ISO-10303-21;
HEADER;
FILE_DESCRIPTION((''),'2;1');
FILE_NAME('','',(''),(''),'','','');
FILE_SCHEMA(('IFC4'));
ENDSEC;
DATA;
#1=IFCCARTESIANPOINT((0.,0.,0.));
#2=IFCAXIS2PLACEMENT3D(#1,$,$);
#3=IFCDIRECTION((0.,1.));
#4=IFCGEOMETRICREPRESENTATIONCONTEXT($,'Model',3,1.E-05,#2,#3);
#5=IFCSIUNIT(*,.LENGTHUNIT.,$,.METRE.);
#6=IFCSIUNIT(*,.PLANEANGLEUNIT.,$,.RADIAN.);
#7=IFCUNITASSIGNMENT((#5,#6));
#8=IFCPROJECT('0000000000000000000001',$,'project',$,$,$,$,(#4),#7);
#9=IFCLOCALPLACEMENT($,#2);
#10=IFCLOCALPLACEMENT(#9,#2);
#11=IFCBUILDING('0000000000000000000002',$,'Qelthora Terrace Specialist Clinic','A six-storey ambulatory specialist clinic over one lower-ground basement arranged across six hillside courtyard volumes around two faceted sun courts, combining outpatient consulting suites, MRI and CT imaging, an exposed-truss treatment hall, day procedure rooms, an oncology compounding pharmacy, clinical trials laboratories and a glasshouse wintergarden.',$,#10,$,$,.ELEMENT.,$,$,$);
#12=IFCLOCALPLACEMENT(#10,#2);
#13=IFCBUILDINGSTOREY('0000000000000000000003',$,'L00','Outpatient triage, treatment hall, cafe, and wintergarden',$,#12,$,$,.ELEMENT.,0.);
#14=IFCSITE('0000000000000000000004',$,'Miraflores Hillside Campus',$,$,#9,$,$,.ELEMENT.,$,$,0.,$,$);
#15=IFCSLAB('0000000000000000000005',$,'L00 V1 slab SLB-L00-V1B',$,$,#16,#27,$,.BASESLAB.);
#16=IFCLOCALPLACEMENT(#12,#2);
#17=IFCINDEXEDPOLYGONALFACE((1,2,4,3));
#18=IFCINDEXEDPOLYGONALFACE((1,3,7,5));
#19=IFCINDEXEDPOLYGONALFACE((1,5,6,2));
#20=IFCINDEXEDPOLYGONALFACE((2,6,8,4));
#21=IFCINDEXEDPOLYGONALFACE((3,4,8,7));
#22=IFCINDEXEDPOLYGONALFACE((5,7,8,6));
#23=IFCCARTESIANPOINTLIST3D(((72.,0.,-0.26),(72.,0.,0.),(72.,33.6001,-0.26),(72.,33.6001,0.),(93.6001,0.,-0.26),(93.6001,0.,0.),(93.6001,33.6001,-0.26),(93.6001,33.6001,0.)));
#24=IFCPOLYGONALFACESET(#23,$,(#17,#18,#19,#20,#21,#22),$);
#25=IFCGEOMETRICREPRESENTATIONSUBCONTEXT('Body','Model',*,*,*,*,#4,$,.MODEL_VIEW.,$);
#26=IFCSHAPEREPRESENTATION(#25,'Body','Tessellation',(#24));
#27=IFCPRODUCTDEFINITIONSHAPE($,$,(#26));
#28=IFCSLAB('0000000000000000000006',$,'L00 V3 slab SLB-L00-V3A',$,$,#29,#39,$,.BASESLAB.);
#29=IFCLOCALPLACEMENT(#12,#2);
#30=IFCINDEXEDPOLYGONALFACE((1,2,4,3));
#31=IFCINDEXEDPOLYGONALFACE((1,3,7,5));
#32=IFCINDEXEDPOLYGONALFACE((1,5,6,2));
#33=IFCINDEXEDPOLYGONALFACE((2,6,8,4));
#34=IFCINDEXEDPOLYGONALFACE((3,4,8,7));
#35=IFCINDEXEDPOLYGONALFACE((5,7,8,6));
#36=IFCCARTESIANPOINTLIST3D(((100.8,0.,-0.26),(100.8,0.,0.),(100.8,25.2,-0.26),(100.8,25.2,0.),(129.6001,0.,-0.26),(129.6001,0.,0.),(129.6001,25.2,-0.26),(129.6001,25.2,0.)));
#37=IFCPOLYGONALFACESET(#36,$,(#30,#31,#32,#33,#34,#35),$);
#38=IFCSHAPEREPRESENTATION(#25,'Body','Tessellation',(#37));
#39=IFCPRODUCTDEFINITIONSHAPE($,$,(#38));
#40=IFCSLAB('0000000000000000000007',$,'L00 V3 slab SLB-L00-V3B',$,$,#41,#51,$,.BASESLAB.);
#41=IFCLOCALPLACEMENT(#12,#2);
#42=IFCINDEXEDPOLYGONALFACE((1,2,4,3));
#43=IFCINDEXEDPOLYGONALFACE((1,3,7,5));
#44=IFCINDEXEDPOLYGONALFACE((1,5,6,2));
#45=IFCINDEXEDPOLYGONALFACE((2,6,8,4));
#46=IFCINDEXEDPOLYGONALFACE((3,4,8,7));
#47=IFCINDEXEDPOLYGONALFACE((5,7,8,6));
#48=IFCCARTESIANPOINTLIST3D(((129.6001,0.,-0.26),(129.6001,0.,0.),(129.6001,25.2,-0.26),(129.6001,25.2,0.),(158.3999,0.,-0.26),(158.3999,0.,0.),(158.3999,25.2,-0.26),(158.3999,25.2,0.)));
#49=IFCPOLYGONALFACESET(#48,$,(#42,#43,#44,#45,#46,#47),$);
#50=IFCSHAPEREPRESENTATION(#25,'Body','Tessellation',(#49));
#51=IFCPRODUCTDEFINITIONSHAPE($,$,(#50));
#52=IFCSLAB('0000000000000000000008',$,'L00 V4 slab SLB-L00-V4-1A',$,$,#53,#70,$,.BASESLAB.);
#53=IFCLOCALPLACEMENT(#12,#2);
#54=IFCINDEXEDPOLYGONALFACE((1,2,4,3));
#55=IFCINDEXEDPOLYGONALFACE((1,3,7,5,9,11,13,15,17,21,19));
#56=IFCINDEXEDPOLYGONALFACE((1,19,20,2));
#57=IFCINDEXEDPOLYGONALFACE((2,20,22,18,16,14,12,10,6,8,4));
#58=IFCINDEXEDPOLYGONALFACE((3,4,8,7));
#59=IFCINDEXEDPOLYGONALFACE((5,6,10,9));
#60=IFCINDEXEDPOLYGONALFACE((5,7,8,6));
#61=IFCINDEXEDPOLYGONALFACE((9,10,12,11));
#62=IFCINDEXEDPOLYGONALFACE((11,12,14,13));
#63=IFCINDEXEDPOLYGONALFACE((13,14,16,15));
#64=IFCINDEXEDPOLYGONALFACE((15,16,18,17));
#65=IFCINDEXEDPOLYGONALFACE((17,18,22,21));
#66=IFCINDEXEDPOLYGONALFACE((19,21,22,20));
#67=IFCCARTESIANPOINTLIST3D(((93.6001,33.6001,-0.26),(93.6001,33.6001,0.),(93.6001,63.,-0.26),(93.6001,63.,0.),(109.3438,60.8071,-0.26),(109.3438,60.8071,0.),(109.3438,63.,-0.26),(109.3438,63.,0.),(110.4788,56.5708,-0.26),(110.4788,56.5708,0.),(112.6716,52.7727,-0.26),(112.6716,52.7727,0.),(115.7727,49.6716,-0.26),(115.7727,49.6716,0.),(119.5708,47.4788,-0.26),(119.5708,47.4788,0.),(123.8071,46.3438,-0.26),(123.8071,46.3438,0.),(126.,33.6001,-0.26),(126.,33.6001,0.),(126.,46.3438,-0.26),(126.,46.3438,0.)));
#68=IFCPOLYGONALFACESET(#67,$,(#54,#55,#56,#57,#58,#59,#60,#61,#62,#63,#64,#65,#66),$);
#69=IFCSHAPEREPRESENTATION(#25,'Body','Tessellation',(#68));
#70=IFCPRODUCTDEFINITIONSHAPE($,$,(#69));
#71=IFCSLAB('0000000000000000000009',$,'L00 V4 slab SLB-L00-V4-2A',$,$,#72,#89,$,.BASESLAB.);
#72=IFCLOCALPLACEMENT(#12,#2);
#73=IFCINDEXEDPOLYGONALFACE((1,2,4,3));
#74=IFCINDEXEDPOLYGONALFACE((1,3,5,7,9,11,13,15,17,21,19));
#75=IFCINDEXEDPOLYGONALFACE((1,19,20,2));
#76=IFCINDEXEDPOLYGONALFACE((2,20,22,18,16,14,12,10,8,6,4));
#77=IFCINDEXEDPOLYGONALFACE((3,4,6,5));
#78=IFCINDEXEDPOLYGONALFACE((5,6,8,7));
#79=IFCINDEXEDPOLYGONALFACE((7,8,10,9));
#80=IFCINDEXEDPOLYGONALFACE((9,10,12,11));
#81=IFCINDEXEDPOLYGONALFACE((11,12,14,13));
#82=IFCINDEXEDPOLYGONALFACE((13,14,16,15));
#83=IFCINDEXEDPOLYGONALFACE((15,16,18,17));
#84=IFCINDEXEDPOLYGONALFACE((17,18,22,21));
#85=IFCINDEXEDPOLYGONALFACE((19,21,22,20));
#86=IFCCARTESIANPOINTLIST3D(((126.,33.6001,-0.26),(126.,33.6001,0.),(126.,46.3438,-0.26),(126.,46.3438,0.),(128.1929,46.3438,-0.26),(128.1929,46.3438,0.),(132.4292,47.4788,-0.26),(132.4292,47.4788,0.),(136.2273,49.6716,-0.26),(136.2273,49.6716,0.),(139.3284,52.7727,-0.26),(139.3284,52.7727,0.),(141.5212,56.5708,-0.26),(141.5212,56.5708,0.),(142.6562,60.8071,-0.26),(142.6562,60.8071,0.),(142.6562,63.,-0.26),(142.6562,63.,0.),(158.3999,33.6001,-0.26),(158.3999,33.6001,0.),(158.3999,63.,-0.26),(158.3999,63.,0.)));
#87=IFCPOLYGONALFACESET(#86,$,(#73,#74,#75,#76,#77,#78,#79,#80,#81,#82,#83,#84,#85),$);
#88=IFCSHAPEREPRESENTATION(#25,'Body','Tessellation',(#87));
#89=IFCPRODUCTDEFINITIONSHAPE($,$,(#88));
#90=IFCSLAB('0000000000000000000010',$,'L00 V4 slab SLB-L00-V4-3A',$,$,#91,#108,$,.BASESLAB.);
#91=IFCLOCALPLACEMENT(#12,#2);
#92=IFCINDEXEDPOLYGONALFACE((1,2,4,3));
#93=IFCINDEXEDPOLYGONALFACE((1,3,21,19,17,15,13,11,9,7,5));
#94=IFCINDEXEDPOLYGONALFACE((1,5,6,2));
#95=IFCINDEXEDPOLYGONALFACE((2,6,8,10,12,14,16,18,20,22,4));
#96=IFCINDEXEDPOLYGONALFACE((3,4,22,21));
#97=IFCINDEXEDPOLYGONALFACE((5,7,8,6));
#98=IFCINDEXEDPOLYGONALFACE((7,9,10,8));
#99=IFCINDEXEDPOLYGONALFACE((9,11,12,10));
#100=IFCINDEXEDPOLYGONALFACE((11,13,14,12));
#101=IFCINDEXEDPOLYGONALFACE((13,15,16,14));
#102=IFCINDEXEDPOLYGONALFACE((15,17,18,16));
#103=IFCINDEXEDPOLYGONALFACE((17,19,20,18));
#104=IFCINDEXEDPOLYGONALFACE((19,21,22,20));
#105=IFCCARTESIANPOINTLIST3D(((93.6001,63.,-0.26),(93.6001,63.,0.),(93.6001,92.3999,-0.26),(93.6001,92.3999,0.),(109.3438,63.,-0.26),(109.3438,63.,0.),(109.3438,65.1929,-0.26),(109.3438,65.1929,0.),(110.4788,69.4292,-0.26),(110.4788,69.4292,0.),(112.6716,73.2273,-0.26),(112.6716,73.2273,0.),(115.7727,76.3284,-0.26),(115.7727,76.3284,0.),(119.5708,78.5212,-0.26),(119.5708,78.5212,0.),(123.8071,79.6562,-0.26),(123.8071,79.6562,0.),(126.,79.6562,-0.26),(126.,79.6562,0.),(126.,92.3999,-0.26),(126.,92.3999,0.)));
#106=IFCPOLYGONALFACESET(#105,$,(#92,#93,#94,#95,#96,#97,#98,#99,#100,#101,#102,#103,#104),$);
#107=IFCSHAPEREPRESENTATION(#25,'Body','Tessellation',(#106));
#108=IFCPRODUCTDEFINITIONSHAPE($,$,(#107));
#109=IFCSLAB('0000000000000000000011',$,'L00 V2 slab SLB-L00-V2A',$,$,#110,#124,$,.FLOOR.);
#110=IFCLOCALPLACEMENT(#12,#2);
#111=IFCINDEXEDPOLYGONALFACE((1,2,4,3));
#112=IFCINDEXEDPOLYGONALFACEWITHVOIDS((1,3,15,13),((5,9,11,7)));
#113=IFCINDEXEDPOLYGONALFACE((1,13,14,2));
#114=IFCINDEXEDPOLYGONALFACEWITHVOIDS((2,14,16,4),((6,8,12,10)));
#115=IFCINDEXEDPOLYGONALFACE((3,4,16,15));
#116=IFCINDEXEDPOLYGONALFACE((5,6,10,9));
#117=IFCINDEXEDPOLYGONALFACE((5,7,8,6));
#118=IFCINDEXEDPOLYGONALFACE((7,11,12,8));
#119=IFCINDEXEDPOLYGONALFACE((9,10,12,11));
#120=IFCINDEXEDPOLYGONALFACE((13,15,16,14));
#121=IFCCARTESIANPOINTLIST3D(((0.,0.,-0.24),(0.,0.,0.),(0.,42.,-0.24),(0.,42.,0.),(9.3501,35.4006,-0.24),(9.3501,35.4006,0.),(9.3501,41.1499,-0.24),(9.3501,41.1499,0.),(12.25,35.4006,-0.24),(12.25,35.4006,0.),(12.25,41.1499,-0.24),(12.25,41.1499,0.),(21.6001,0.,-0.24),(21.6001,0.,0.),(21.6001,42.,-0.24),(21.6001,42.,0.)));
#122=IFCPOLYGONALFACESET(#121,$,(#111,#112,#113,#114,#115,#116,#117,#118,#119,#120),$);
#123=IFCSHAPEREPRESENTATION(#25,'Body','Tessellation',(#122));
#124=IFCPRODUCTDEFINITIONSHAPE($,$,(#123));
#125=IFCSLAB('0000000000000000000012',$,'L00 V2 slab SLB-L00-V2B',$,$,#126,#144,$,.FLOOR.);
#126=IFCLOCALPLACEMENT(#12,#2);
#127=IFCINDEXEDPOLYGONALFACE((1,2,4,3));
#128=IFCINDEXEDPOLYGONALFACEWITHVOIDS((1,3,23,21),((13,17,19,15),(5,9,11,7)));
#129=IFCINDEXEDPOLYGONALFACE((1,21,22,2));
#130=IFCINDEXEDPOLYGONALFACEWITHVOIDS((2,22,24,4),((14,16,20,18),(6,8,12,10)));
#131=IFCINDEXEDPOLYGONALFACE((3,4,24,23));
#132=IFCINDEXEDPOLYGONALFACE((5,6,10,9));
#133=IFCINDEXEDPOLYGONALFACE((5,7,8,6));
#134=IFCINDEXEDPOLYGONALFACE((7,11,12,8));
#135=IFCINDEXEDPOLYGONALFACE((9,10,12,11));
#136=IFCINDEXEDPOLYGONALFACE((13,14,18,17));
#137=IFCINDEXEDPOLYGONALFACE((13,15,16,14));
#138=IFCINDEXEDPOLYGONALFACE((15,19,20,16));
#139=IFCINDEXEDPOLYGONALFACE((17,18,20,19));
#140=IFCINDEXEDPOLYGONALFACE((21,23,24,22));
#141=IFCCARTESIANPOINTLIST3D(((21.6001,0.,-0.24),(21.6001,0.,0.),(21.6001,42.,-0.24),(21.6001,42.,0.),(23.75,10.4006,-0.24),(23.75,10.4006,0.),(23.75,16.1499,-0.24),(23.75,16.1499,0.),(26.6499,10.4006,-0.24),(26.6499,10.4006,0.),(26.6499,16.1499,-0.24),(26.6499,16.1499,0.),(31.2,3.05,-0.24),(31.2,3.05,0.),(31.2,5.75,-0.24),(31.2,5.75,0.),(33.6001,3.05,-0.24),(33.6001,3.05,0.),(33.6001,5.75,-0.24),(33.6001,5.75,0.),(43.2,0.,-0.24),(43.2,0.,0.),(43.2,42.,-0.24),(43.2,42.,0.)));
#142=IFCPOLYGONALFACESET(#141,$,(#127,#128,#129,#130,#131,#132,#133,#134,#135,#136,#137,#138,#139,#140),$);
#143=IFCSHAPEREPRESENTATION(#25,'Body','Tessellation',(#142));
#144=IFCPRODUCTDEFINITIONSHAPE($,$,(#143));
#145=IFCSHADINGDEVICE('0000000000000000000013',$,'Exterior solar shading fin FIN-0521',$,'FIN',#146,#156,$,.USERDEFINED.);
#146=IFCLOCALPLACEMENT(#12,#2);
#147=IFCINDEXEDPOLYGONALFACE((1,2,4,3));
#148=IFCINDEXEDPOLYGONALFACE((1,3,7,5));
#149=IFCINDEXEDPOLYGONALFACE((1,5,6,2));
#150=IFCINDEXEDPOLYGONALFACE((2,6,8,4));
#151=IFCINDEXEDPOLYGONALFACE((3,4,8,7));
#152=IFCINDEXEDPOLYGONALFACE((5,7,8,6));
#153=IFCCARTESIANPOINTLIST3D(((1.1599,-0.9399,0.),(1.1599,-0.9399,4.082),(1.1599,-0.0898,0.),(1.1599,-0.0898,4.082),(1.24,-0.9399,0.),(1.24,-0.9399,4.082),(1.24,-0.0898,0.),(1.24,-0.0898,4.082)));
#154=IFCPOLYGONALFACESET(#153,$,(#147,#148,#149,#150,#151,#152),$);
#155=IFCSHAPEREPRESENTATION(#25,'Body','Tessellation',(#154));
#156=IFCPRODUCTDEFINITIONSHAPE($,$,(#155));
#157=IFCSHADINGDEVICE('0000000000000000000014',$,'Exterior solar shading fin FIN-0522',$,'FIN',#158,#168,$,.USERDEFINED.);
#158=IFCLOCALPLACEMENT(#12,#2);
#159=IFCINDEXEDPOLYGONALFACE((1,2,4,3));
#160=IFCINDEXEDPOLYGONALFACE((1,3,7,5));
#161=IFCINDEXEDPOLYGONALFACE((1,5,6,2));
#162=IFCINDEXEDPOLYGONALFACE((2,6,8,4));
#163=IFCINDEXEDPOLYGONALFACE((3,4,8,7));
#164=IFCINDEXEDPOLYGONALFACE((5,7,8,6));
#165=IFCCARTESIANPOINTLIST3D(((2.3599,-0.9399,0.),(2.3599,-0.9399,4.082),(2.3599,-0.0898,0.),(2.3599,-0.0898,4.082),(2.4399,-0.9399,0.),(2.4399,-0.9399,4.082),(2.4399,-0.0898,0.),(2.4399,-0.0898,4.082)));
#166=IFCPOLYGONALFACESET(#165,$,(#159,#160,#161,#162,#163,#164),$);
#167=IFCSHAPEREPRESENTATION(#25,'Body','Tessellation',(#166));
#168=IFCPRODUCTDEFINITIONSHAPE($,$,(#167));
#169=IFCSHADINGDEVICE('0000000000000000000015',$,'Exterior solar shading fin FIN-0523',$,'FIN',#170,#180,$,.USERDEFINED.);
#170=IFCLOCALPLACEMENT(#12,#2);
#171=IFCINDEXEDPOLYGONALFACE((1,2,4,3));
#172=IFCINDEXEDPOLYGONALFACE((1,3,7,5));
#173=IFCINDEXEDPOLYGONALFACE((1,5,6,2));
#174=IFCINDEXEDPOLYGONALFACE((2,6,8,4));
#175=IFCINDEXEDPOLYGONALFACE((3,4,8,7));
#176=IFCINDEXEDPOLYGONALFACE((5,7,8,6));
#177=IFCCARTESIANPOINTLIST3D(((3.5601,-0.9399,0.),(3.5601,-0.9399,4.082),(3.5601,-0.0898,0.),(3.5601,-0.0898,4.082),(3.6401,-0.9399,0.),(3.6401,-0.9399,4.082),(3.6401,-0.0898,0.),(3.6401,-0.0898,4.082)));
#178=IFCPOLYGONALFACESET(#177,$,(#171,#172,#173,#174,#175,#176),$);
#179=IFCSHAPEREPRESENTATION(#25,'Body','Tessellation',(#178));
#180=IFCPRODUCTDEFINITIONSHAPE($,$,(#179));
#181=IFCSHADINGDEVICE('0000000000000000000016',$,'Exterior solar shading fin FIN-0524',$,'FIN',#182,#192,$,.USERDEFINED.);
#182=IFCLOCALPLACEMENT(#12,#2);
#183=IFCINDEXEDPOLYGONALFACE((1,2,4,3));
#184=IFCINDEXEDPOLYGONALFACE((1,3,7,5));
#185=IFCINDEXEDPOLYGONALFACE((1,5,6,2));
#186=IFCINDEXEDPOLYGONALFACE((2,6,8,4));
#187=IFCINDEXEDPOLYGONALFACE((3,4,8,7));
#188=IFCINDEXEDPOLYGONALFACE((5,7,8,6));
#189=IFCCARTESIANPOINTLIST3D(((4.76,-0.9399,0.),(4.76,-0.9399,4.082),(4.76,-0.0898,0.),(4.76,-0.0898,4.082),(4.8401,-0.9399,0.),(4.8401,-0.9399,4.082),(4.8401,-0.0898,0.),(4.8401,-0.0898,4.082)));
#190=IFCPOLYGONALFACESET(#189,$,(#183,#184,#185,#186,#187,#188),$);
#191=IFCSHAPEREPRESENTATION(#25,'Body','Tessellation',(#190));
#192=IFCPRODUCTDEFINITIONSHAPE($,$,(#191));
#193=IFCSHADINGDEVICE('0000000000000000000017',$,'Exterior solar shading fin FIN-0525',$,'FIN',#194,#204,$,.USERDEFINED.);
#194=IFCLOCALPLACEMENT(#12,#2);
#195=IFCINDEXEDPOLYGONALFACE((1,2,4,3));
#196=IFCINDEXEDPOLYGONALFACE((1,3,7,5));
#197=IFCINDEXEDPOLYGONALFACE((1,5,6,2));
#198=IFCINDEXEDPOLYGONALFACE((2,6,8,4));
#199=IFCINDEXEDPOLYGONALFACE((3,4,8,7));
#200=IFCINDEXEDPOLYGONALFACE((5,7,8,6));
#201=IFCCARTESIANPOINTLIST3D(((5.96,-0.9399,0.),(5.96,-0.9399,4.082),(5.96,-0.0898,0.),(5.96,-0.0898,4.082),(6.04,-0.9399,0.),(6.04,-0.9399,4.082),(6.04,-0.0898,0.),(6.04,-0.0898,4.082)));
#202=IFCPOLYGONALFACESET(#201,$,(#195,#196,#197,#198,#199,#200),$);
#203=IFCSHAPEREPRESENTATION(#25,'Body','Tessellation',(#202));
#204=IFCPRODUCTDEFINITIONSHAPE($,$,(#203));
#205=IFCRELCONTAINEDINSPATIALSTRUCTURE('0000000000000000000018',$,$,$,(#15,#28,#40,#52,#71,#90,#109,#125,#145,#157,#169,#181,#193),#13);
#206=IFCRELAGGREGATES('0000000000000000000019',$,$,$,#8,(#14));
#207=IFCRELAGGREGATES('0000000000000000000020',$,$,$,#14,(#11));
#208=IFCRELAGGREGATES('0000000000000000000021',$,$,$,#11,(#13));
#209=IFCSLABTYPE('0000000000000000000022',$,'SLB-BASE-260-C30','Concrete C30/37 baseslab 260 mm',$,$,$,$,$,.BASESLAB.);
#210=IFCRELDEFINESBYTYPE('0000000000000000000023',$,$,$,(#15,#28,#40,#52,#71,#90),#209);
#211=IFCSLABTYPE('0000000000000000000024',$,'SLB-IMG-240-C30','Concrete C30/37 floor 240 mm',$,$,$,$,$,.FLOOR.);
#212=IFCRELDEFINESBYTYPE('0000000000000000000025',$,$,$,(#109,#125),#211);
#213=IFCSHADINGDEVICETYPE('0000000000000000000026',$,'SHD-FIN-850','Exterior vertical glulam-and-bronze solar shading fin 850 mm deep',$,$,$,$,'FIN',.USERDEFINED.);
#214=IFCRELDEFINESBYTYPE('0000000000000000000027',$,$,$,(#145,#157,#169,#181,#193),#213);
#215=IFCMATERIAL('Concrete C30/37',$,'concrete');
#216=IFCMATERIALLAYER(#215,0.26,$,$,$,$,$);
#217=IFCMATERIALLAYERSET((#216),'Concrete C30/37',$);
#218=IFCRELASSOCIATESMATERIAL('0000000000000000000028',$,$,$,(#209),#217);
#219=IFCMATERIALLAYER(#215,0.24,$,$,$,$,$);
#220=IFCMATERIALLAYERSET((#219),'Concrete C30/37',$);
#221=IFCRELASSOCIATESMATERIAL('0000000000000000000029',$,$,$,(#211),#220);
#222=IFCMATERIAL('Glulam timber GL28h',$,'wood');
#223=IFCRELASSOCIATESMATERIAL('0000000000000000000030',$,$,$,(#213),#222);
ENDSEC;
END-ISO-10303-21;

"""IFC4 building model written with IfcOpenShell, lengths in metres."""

from ifc_helpers import new_model, si_unit, direction, frame, origin, origin_2d, place, context, subcontext, project, spatial, polyline, rectangle, outline, extrude, material, layer, layer_set, type_object, element, save


model = new_model("IFC4")

# Units and contexts
model_context = context("Model", 3, precision=1e-05, world=origin(), true_north=direction((0.0, 1.0)))
body_context = subcontext(model_context, "Body", "Model", "MODEL_VIEW")
ifc_project = project(units=[si_unit("LENGTHUNIT", "METRE"), si_unit("PLANEANGLEUNIT", "RADIAN")], contexts=[model_context])

# Site, building, storey
site_placement = place(None, origin())
site = spatial("IfcSite", under=ifc_project, at=site_placement, Name="Miraflores Hillside Campus", CompositionType="ELEMENT", RefElevation=0.0)
building_placement = place(site_placement, origin())
building = spatial("IfcBuilding", under=site, at=building_placement, Name="Qelthora Terrace Specialist Clinic", Description="A six-storey ambulatory specialist clinic over one lower-ground basement arranged across six hillside courtyard volumes around two faceted sun courts, combining outpatient consulting suites, MRI and CT imaging, an exposed-truss treatment hall, day procedure rooms, an oncology compounding pharmacy, clinical trials laboratories and a glasshouse wintergarden.", CompositionType="ELEMENT")
storey_placement = place(building_placement, origin())
storey = spatial("IfcBuildingStorey", under=building, at=storey_placement, Name="L00", Description="Outpatient triage, treatment hall, cafe, and wintergarden", CompositionType="ELEMENT", Elevation=0.0)

# Slabs
ifc_material_1 = material(Name="Concrete C30/37", Category="concrete")
ifc_layer_1 = layer(ifc_material_1, 0.26)
ifc_layer_set_1 = layer_set([ifc_layer_1], Name="Concrete C30/37")
slab_type_1 = type_object("IfcSlabType", Name="SLB-BASE-260-C30", Description="Concrete C30/37 baseslab 260 mm", PredefinedType="BASESLAB", material=ifc_layer_set_1)
slab_1_placement = place(storey_placement, frame((0.0, 0.0, -0.26)))
element("IfcSlab", 1, at=slab_1_placement, inside=storey, type_object=slab_type_1, Name="L00 V1 slab SLB-L00-V1B", PredefinedType="BASESLAB", context=body_context, shape_type="SweptSolid", body=[
    extrude(outline(polyline([(72.0, 33.6001), (93.6001, 33.6001), (93.6001, 0.0), (72.0, 0.0), (72.0, 33.6001)])), origin(), (0.0, 0.0, 1.0), 0.26),
])
slab_2_placement = place(storey_placement, frame((0.0, 0.0, -0.26)))
element("IfcSlab", 2, at=slab_2_placement, inside=storey, type_object=slab_type_1, Name="L00 V3 slab SLB-L00-V3A", PredefinedType="BASESLAB", context=body_context, shape_type="SweptSolid", body=[
    extrude(outline(polyline([(100.8, 25.2), (129.6001, 25.2), (129.6001, 0.0), (100.8, 0.0), (100.8, 25.2)])), origin(), (0.0, 0.0, 1.0), 0.26),
])
slab_3_placement = place(storey_placement, frame((0.0, 0.0, -0.26)))
element("IfcSlab", 3, at=slab_3_placement, inside=storey, type_object=slab_type_1, Name="L00 V3 slab SLB-L00-V3B", PredefinedType="BASESLAB", context=body_context, shape_type="SweptSolid", body=[
    extrude(outline(polyline([(129.6001, 25.2), (158.3999, 25.2), (158.3999, 0.0), (129.6001, 0.0), (129.6001, 25.2)])), origin(), (0.0, 0.0, 1.0), 0.26),
])
slab_4_placement = place(storey_placement, frame((0.0, 0.0, -0.26)))
element("IfcSlab", 4, at=slab_4_placement, inside=storey, type_object=slab_type_1, Name="L00 V4 slab SLB-L00-V4-1A", PredefinedType="BASESLAB", context=body_context, shape_type="SweptSolid", body=[
    extrude(outline(polyline([(93.6001, 33.6001), (93.6001, 63.0), (109.3438, 63.0), (109.3438, 60.8071), (110.4788, 56.5708), (112.6716, 52.7727), (115.7727, 49.6716), (119.5708, 47.4788), (123.8071, 46.3438), (126.0, 46.3438), (126.0, 33.6001), (93.6001, 33.6001)])), origin(), (0.0, 0.0, 1.0), 0.26),
])
slab_5_placement = place(storey_placement, frame((0.0, 0.0, -0.26)))
element("IfcSlab", 5, at=slab_5_placement, inside=storey, type_object=slab_type_1, Name="L00 V4 slab SLB-L00-V4-2A", PredefinedType="BASESLAB", context=body_context, shape_type="SweptSolid", body=[
    extrude(outline(polyline([(158.3999, 33.6001), (126.0, 33.6001), (126.0, 46.3438), (128.1929, 46.3438), (132.4292, 47.4788), (136.2273, 49.6716), (139.3284, 52.7727), (141.5212, 56.5708), (142.6562, 60.8071), (142.6562, 63.0), (158.3999, 63.0), (158.3999, 33.6001)])), origin(), (0.0, 0.0, 1.0), 0.26),
])
slab_6_placement = place(storey_placement, frame((0.0, 0.0, -0.26)))
element("IfcSlab", 6, at=slab_6_placement, inside=storey, type_object=slab_type_1, Name="L00 V4 slab SLB-L00-V4-3A", PredefinedType="BASESLAB", context=body_context, shape_type="SweptSolid", body=[
    extrude(outline(polyline([(93.6001, 92.3999), (126.0, 92.3999), (126.0, 79.6562), (123.8071, 79.6562), (119.5708, 78.5212), (115.7727, 76.3284), (112.6716, 73.2273), (110.4788, 69.4292), (109.3438, 65.1929), (109.3438, 63.0), (93.6001, 63.0), (93.6001, 92.3999)])), origin(), (0.0, 0.0, 1.0), 0.26),
])
ifc_layer_2 = layer(ifc_material_1, 0.24)
ifc_layer_set_2 = layer_set([ifc_layer_2], Name="Concrete C30/37")
slab_type_2 = type_object("IfcSlabType", Name="SLB-IMG-240-C30", Description="Concrete C30/37 floor 240 mm", PredefinedType="FLOOR", material=ifc_layer_set_2)
slab_7_placement = place(storey_placement, frame((0.0, 0.0, -0.24)))
element("IfcSlab", 7, at=slab_7_placement, inside=storey, type_object=slab_type_2, Name="L00 V2 slab SLB-L00-V2A", PredefinedType="FLOOR", context=body_context, shape_type="SweptSolid", body=[
    extrude(outline(polyline([(0.0, 42.0), (21.6001, 42.0), (21.6001, 0.0), (0.0, 0.0), (0.0, 42.0)]), holes=[polyline([(12.25, 41.1499), (9.3501, 41.1499), (9.3501, 35.4006), (12.25, 35.4006), (12.25, 41.1499)])]), origin(), (0.0, 0.0, 1.0), 0.24),
])
slab_8_placement = place(storey_placement, frame((0.0, 0.0, -0.24)))
element("IfcSlab", 8, at=slab_8_placement, inside=storey, type_object=slab_type_2, Name="L00 V2 slab SLB-L00-V2B", PredefinedType="FLOOR", context=body_context, shape_type="SweptSolid", body=[
    extrude(outline(polyline([(21.6001, 42.0), (43.2, 42.0), (43.2, 0.0), (21.6001, 0.0), (21.6001, 42.0)]), holes=[polyline([(33.6001, 5.75), (31.2, 5.75), (31.2, 3.05), (33.6001, 3.05), (33.6001, 5.75)]), polyline([(26.6499, 16.1499), (23.75, 16.1499), (23.75, 10.4006), (26.6499, 10.4006), (26.6499, 16.1499)])]), origin(), (0.0, 0.0, 1.0), 0.24),
])

# Shading devices
ifc_material_2 = material(Name="Glulam timber GL28h", Category="wood")
shading_device_type_1 = type_object("IfcShadingDeviceType", Name="SHD-FIN-850", Description="Exterior vertical glulam-and-bronze solar shading fin 850 mm deep", ElementType="FIN", PredefinedType="USERDEFINED", material=ifc_material_2)
for number, where, z_axis, x_axis, name in (
    (9, (1.2, -0.5149, 0.0), (0.0, 0.0, 1.0), (0.0, -1.0, 0.0), "Exterior solar shading fin FIN-0521"),
    (10, (2.3999, -0.5149, 0.0), (0.0, 0.0, 1.0), (0.0, -1.0, 0.0), "Exterior solar shading fin FIN-0522"),
    (11, (3.6001, -0.5149, 0.0), (0.0, 0.0, 1.0), (0.0, -1.0, 0.0), "Exterior solar shading fin FIN-0523"),
    (12, (4.8, -0.5149, 0.0), (0.0, 0.0, 1.0), (0.0, -1.0, 0.0), "Exterior solar shading fin FIN-0524"),
    (13, (6.0, -0.5149, 0.0), (0.0, 0.0, 1.0), (0.0, -1.0, 0.0), "Exterior solar shading fin FIN-0525"),
):
    element("IfcShadingDevice", number, at=place(storey_placement, frame(where, z_axis=z_axis, x_axis=x_axis)), inside=storey, type_object=shading_device_type_1, Name=name, ObjectType="FIN", PredefinedType="USERDEFINED", context=body_context, shape_type="SweptSolid", body=[
        extrude(rectangle(XDim=0.8501, YDim=0.0801, at=origin_2d()), origin(), (0.0, 0.0, 1.0), 4.082),
    ])

save(model, "model.ifc")
